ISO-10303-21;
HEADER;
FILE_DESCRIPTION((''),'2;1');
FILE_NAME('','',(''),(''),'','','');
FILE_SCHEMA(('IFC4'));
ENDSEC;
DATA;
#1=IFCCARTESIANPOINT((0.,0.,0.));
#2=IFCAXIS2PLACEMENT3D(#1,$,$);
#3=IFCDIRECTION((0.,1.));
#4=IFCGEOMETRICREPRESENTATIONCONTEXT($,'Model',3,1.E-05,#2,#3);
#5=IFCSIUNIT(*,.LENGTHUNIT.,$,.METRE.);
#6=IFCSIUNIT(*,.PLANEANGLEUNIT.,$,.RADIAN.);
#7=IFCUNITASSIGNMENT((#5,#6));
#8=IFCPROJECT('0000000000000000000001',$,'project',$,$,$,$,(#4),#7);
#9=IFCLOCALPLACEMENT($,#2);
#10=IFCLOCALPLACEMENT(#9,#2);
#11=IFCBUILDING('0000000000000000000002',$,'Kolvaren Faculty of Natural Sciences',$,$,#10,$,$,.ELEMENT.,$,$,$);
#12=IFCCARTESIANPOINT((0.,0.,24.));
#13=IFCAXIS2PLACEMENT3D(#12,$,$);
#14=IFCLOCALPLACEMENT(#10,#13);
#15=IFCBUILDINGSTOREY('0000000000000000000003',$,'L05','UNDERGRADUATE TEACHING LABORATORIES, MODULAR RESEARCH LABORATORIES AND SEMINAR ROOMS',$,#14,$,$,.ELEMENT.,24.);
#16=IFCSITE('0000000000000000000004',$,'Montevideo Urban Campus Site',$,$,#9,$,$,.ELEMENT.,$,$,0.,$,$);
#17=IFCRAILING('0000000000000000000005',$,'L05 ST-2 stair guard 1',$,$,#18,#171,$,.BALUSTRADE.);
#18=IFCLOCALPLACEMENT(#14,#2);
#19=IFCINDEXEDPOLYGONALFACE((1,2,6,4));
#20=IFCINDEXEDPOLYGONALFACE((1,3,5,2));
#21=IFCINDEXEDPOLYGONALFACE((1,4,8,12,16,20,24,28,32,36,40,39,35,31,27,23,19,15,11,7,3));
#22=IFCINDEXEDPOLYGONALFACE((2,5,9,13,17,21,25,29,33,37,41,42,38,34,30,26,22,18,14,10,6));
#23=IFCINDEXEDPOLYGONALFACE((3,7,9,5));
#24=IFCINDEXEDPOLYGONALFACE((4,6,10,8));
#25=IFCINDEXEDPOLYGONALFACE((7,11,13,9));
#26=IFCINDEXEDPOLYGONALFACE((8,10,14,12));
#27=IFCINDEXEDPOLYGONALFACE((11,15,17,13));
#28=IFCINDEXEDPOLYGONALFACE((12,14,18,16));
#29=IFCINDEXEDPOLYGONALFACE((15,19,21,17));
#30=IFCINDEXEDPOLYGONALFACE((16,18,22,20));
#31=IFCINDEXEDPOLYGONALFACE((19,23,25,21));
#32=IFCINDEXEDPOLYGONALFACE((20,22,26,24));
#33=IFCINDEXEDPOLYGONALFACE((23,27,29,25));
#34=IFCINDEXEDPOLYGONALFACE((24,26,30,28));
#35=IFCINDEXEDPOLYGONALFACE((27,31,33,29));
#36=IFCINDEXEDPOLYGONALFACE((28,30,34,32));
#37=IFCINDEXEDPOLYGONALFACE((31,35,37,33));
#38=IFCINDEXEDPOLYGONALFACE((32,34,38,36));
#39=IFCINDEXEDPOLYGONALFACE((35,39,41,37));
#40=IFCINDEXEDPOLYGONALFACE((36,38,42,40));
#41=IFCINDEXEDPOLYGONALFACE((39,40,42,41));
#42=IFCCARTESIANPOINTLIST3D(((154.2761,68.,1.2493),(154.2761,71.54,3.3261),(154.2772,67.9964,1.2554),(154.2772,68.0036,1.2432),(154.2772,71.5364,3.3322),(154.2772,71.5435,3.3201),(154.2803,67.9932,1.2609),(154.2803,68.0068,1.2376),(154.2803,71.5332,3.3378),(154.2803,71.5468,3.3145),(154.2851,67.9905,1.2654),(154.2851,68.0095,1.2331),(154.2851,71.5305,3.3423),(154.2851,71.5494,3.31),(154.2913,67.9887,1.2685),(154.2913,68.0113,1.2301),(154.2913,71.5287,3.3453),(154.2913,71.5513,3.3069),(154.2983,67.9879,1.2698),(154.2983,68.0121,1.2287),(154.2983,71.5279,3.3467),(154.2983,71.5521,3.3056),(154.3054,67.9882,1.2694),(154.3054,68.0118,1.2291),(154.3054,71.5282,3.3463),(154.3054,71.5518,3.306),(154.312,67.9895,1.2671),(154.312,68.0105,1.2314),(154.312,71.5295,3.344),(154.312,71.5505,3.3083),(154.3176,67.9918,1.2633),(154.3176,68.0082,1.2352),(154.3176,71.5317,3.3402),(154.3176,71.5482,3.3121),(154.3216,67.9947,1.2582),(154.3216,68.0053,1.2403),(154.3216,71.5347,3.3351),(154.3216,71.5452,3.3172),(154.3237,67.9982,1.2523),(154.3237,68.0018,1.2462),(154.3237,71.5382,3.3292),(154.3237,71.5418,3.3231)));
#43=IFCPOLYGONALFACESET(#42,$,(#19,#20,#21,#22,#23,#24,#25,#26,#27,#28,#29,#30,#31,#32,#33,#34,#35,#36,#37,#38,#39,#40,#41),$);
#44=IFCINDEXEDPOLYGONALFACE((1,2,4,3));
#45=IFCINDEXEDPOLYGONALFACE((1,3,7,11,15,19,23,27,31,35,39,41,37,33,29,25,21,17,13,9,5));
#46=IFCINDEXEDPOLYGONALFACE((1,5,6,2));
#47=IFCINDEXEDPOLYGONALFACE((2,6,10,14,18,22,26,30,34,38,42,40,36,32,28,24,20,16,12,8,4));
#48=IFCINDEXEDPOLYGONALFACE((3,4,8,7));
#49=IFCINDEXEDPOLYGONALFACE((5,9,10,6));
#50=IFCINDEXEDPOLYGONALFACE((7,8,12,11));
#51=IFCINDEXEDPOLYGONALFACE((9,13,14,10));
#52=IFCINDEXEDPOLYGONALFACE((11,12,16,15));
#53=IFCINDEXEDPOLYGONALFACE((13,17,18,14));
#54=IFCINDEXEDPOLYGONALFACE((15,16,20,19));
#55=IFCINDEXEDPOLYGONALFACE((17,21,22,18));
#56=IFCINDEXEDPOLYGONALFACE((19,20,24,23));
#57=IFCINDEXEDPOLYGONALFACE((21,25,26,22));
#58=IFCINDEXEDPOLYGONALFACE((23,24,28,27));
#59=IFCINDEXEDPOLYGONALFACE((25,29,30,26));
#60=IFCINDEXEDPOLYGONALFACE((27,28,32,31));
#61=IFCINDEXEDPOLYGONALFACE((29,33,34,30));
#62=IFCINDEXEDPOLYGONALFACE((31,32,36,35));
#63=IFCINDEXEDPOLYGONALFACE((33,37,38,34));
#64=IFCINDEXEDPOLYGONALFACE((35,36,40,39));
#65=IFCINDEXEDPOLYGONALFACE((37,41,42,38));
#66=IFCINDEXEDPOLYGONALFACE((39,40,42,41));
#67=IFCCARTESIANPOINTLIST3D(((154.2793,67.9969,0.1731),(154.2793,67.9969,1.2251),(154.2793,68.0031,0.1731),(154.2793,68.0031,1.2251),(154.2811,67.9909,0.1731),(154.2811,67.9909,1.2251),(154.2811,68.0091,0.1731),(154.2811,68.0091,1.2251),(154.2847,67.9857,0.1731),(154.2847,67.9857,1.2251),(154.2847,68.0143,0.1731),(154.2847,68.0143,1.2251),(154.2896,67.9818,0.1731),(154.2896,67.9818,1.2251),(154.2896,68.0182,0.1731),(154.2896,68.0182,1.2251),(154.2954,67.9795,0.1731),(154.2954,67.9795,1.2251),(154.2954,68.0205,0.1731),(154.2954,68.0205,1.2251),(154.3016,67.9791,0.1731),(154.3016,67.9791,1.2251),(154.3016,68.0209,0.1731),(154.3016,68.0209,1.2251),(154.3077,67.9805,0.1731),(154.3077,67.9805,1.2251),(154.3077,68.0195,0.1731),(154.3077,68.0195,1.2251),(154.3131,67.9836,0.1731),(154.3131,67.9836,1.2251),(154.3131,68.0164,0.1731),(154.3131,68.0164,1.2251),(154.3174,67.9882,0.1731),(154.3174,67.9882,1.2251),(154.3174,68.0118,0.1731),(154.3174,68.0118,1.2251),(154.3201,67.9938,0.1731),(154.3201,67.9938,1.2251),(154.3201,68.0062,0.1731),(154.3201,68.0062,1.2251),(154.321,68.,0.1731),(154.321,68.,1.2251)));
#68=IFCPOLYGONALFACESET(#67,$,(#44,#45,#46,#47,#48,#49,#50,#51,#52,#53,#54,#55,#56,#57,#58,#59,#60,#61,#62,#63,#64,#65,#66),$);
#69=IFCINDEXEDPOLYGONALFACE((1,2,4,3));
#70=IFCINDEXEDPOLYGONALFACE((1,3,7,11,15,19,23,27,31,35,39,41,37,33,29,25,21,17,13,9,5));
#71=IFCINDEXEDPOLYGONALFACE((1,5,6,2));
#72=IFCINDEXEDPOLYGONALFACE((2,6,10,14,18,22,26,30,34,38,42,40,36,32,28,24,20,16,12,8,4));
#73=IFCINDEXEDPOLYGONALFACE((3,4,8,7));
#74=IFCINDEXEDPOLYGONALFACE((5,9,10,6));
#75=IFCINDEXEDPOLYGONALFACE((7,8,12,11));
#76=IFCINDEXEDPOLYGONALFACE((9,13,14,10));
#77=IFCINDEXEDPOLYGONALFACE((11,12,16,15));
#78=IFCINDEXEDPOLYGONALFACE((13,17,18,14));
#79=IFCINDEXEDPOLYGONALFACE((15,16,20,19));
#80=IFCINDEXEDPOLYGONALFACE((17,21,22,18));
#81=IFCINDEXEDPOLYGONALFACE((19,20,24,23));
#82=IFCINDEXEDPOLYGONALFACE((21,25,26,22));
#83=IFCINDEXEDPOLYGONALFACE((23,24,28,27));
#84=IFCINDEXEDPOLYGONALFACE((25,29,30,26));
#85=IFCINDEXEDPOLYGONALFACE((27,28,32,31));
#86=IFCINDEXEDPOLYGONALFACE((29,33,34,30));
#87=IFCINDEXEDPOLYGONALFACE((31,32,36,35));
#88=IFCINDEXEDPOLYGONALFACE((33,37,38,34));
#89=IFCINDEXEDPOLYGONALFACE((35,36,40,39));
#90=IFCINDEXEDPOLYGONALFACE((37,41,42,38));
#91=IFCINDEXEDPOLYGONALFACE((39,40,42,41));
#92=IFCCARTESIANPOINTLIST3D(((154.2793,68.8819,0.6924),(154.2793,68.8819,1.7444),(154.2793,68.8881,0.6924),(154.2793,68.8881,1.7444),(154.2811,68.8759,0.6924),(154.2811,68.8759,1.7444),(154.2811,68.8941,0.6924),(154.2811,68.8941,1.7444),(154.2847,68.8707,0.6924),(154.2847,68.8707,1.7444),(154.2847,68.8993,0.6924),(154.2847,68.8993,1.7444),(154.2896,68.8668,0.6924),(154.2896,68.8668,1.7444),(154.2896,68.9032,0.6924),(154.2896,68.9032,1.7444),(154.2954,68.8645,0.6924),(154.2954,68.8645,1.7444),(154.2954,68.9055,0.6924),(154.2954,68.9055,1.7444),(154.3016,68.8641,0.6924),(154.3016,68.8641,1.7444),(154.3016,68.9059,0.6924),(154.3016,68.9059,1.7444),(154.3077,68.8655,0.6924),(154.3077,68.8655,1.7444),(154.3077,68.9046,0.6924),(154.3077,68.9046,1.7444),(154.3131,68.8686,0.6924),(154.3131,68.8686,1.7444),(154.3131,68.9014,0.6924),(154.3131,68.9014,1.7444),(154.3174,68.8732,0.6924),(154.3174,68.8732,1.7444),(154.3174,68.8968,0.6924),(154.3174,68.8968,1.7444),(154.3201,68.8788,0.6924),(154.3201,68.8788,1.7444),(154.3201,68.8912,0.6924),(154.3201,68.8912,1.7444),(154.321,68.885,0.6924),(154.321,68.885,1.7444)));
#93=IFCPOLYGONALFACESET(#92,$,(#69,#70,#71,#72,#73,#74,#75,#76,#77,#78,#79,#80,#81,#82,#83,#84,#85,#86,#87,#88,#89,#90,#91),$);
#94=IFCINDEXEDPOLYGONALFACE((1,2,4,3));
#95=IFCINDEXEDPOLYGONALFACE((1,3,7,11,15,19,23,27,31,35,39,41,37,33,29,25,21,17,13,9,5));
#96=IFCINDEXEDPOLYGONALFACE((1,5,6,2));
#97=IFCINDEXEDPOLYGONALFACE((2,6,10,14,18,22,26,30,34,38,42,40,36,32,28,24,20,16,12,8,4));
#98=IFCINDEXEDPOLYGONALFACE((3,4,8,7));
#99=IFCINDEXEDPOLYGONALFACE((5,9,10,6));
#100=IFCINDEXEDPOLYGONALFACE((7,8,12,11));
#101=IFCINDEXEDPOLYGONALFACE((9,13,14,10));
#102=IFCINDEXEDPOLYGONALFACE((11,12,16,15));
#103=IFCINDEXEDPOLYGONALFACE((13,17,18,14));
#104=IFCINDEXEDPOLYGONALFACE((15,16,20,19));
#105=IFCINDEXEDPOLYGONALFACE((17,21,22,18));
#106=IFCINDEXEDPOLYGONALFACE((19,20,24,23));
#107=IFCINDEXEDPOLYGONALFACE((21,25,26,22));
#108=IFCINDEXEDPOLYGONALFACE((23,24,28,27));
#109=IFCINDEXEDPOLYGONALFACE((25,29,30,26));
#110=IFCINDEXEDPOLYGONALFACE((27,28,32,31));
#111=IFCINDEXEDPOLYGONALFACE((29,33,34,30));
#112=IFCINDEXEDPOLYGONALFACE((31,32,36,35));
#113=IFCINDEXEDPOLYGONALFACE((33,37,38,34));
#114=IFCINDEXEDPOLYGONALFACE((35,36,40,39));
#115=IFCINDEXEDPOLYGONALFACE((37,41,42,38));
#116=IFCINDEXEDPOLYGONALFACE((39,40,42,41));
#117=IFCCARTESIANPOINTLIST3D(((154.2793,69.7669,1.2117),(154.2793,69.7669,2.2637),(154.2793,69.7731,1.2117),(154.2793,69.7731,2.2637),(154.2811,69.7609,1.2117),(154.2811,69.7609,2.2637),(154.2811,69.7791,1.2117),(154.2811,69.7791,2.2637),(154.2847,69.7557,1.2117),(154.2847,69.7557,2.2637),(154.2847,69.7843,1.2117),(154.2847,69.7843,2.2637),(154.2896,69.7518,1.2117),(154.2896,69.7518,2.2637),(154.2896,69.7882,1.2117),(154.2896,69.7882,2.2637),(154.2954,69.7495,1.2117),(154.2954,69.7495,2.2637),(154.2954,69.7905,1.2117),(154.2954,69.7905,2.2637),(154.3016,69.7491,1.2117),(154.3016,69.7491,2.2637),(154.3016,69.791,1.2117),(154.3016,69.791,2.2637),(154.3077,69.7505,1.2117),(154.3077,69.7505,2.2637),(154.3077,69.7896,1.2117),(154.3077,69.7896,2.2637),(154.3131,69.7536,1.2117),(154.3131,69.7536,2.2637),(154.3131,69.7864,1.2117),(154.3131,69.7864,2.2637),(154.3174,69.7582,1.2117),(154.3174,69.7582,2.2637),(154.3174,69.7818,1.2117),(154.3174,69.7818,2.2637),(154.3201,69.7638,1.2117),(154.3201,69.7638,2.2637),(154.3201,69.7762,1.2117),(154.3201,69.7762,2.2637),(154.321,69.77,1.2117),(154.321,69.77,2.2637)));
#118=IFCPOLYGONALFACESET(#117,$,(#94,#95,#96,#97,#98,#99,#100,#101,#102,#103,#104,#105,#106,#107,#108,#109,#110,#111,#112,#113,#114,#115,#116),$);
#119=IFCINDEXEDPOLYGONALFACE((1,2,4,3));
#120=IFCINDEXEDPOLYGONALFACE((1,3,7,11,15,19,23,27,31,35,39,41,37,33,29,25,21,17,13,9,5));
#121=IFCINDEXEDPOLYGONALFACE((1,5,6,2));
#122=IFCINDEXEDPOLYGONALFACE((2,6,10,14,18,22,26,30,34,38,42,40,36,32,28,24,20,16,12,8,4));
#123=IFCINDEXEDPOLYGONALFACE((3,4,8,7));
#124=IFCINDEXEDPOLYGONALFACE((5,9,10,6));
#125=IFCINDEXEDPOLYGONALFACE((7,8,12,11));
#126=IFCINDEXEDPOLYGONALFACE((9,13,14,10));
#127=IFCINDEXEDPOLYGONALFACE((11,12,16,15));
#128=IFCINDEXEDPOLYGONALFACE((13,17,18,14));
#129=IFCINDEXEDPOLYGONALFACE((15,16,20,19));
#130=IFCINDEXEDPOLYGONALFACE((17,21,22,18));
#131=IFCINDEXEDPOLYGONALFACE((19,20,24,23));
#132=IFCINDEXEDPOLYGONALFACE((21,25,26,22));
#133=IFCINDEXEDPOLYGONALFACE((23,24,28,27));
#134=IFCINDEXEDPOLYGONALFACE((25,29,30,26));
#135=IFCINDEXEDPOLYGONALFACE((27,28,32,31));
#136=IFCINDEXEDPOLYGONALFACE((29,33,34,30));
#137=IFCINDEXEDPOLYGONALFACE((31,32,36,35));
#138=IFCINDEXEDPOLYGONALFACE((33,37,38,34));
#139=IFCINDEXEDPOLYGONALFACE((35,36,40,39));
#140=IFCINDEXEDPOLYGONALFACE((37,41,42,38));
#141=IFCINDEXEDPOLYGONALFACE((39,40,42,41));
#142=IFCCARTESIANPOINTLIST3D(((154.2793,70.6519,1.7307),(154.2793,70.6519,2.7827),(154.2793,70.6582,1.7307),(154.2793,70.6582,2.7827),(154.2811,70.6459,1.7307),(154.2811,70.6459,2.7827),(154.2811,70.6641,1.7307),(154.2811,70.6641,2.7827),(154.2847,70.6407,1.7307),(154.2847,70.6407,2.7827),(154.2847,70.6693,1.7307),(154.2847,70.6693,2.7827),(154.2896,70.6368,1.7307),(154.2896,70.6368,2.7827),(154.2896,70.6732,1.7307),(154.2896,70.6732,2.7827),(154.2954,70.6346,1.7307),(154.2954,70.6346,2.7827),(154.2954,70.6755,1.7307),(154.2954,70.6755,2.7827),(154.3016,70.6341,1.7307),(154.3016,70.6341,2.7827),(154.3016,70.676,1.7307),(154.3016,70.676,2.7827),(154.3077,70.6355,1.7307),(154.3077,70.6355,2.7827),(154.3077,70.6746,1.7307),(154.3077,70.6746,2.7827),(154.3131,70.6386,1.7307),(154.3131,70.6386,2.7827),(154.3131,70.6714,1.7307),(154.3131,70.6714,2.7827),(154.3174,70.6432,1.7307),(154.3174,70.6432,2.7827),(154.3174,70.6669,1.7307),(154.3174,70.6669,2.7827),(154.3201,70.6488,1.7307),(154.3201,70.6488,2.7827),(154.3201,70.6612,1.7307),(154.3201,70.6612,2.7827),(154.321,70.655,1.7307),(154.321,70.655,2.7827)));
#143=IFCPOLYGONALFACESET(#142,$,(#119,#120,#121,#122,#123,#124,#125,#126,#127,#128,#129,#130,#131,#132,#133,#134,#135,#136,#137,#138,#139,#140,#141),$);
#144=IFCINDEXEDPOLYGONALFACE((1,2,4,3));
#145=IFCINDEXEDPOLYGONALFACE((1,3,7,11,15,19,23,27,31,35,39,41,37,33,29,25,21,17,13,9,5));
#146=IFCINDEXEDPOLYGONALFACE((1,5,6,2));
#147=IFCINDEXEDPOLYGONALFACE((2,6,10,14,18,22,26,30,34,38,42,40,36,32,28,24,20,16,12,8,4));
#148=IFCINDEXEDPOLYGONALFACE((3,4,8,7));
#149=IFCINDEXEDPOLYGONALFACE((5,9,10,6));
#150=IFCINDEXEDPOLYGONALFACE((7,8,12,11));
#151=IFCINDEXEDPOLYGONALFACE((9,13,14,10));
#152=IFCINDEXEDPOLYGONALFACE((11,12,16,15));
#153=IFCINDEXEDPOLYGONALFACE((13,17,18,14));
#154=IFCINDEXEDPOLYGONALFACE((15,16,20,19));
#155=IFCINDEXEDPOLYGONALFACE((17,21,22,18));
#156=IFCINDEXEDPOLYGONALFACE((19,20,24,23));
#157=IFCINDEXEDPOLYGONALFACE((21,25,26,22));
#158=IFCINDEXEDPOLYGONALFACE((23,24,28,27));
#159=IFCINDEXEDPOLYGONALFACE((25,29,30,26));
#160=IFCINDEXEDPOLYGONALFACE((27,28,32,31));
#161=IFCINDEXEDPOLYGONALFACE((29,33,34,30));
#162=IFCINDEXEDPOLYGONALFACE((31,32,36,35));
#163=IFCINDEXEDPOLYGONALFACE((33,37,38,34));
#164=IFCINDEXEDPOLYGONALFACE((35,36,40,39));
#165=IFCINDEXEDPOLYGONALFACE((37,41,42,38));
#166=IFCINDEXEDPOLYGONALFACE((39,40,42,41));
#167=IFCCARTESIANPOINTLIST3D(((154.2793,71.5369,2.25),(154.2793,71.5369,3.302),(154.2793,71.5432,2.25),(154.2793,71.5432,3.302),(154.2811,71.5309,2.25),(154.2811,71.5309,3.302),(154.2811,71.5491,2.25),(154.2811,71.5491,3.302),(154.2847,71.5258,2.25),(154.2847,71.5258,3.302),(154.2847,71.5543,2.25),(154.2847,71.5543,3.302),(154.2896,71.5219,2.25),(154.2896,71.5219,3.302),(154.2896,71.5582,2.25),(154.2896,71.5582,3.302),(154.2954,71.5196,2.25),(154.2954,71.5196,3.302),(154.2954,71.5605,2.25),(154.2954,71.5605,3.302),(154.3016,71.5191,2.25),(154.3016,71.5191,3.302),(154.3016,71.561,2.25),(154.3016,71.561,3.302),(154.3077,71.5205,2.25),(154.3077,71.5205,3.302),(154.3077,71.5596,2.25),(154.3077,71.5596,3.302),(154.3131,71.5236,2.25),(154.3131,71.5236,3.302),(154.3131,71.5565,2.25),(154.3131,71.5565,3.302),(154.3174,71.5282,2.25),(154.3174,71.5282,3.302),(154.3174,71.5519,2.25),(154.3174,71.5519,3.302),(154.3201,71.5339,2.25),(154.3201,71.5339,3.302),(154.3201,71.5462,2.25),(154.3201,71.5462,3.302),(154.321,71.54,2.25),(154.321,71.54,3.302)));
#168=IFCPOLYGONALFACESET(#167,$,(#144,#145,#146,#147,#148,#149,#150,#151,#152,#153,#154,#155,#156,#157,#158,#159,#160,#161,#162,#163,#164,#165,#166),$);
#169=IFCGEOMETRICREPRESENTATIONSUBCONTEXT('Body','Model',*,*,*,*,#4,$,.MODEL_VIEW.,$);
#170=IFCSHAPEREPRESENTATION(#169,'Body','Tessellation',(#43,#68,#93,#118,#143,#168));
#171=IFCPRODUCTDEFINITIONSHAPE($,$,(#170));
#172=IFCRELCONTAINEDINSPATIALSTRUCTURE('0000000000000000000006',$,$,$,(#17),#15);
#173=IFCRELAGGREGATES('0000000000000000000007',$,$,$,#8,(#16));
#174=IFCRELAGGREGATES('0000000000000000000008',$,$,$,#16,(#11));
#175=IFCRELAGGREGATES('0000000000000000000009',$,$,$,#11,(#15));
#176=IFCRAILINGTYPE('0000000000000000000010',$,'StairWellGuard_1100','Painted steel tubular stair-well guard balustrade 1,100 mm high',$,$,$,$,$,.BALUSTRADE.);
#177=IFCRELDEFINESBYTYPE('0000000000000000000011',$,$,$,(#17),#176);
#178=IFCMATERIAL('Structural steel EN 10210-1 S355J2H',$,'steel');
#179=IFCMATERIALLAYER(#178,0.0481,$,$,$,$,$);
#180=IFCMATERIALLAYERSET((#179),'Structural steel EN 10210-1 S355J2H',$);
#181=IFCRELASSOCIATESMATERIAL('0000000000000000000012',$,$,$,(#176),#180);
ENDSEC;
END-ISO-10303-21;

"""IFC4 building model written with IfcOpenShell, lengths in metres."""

from ifc_helpers import new_model, si_unit, direction, frame, origin, origin_2d, place, context, subcontext, project, spatial, circle, extrude, material, layer, layer_set, type_object, element, save


model = new_model("IFC4")

# Units and contexts
model_context = context("Model", 3, precision=1e-05, world=origin(), true_north=direction((0.0, 1.0)))
body_context = subcontext(model_context, "Body", "Model", "MODEL_VIEW")
ifc_project = project(units=[si_unit("LENGTHUNIT", "METRE"), si_unit("PLANEANGLEUNIT", "RADIAN")], contexts=[model_context])

# Site, building, storey
site_placement = place(None, origin())
site = spatial("IfcSite", under=ifc_project, at=site_placement, Name="Montevideo Urban Campus Site", CompositionType="ELEMENT", RefElevation=0.0)
building_placement = place(site_placement, origin())
building = spatial("IfcBuilding", under=site, at=building_placement, Name="Kolvaren Faculty of Natural Sciences", CompositionType="ELEMENT")
storey_placement = place(building_placement, frame((0.0, 0.0, 24.0)))
storey = spatial("IfcBuildingStorey", under=building, at=storey_placement, Name="L05", Description="UNDERGRADUATE TEACHING LABORATORIES, MODULAR RESEARCH LABORATORIES AND SEMINAR ROOMS", CompositionType="ELEMENT", Elevation=24.0)

# Railing
ifc_material_1 = material(Name="Structural steel EN 10210-1 S355J2H", Category="steel")
ifc_layer_1 = layer(ifc_material_1, 0.0481)
ifc_layer_set_1 = layer_set([ifc_layer_1], Name="Structural steel EN 10210-1 S355J2H")
railing_type_1 = type_object("IfcRailingType", Name="StairWellGuard_1100", Description="Painted steel tubular stair-well guard balustrade 1,100 mm high", PredefinedType="BALUSTRADE", material=ifc_layer_set_1)
railing_1_placement = place(storey_placement, frame((154.3, 68.0, 0.1731)))
element("IfcRailing", 1, at=railing_1_placement, inside=storey, type_object=railing_type_1, Name="L05 ST-2 stair guard 1", PredefinedType="BALUSTRADE", context=body_context, shape_type="SweptSolid", body=[
    extrude(circle(Radius=0.0239, at=origin_2d()), frame((0.0, 0.0, 1.0762), z_axis=(0.0, 0.862516, 0.506029), x_axis=(-1.0, 0.0, 0.0)), (0.0, 0.0, 1.0), 4.1042),
    extrude(circle(Radius=0.021, at=origin_2d()), origin(), (0.0, 0.0, 1.0), 1.052),
    extrude(circle(Radius=0.021, at=origin_2d()), frame((0.0, 0.885, 0.5193)), (0.0, 0.0, 1.0), 1.052),
    extrude(circle(Radius=0.021, at=origin_2d()), frame((0.0, 1.77, 1.0386)), (0.0, 0.0, 1.0), 1.052),
    extrude(circle(Radius=0.021, at=origin_2d()), frame((0.0, 2.655, 1.5576)), (0.0, 0.0, 1.0), 1.052),
    extrude(circle(Radius=0.021, at=origin_2d()), frame((0.0, 3.54, 2.0769)), (0.0, 0.0, 1.0), 1.052),
])

save(model, "model.ifc")
